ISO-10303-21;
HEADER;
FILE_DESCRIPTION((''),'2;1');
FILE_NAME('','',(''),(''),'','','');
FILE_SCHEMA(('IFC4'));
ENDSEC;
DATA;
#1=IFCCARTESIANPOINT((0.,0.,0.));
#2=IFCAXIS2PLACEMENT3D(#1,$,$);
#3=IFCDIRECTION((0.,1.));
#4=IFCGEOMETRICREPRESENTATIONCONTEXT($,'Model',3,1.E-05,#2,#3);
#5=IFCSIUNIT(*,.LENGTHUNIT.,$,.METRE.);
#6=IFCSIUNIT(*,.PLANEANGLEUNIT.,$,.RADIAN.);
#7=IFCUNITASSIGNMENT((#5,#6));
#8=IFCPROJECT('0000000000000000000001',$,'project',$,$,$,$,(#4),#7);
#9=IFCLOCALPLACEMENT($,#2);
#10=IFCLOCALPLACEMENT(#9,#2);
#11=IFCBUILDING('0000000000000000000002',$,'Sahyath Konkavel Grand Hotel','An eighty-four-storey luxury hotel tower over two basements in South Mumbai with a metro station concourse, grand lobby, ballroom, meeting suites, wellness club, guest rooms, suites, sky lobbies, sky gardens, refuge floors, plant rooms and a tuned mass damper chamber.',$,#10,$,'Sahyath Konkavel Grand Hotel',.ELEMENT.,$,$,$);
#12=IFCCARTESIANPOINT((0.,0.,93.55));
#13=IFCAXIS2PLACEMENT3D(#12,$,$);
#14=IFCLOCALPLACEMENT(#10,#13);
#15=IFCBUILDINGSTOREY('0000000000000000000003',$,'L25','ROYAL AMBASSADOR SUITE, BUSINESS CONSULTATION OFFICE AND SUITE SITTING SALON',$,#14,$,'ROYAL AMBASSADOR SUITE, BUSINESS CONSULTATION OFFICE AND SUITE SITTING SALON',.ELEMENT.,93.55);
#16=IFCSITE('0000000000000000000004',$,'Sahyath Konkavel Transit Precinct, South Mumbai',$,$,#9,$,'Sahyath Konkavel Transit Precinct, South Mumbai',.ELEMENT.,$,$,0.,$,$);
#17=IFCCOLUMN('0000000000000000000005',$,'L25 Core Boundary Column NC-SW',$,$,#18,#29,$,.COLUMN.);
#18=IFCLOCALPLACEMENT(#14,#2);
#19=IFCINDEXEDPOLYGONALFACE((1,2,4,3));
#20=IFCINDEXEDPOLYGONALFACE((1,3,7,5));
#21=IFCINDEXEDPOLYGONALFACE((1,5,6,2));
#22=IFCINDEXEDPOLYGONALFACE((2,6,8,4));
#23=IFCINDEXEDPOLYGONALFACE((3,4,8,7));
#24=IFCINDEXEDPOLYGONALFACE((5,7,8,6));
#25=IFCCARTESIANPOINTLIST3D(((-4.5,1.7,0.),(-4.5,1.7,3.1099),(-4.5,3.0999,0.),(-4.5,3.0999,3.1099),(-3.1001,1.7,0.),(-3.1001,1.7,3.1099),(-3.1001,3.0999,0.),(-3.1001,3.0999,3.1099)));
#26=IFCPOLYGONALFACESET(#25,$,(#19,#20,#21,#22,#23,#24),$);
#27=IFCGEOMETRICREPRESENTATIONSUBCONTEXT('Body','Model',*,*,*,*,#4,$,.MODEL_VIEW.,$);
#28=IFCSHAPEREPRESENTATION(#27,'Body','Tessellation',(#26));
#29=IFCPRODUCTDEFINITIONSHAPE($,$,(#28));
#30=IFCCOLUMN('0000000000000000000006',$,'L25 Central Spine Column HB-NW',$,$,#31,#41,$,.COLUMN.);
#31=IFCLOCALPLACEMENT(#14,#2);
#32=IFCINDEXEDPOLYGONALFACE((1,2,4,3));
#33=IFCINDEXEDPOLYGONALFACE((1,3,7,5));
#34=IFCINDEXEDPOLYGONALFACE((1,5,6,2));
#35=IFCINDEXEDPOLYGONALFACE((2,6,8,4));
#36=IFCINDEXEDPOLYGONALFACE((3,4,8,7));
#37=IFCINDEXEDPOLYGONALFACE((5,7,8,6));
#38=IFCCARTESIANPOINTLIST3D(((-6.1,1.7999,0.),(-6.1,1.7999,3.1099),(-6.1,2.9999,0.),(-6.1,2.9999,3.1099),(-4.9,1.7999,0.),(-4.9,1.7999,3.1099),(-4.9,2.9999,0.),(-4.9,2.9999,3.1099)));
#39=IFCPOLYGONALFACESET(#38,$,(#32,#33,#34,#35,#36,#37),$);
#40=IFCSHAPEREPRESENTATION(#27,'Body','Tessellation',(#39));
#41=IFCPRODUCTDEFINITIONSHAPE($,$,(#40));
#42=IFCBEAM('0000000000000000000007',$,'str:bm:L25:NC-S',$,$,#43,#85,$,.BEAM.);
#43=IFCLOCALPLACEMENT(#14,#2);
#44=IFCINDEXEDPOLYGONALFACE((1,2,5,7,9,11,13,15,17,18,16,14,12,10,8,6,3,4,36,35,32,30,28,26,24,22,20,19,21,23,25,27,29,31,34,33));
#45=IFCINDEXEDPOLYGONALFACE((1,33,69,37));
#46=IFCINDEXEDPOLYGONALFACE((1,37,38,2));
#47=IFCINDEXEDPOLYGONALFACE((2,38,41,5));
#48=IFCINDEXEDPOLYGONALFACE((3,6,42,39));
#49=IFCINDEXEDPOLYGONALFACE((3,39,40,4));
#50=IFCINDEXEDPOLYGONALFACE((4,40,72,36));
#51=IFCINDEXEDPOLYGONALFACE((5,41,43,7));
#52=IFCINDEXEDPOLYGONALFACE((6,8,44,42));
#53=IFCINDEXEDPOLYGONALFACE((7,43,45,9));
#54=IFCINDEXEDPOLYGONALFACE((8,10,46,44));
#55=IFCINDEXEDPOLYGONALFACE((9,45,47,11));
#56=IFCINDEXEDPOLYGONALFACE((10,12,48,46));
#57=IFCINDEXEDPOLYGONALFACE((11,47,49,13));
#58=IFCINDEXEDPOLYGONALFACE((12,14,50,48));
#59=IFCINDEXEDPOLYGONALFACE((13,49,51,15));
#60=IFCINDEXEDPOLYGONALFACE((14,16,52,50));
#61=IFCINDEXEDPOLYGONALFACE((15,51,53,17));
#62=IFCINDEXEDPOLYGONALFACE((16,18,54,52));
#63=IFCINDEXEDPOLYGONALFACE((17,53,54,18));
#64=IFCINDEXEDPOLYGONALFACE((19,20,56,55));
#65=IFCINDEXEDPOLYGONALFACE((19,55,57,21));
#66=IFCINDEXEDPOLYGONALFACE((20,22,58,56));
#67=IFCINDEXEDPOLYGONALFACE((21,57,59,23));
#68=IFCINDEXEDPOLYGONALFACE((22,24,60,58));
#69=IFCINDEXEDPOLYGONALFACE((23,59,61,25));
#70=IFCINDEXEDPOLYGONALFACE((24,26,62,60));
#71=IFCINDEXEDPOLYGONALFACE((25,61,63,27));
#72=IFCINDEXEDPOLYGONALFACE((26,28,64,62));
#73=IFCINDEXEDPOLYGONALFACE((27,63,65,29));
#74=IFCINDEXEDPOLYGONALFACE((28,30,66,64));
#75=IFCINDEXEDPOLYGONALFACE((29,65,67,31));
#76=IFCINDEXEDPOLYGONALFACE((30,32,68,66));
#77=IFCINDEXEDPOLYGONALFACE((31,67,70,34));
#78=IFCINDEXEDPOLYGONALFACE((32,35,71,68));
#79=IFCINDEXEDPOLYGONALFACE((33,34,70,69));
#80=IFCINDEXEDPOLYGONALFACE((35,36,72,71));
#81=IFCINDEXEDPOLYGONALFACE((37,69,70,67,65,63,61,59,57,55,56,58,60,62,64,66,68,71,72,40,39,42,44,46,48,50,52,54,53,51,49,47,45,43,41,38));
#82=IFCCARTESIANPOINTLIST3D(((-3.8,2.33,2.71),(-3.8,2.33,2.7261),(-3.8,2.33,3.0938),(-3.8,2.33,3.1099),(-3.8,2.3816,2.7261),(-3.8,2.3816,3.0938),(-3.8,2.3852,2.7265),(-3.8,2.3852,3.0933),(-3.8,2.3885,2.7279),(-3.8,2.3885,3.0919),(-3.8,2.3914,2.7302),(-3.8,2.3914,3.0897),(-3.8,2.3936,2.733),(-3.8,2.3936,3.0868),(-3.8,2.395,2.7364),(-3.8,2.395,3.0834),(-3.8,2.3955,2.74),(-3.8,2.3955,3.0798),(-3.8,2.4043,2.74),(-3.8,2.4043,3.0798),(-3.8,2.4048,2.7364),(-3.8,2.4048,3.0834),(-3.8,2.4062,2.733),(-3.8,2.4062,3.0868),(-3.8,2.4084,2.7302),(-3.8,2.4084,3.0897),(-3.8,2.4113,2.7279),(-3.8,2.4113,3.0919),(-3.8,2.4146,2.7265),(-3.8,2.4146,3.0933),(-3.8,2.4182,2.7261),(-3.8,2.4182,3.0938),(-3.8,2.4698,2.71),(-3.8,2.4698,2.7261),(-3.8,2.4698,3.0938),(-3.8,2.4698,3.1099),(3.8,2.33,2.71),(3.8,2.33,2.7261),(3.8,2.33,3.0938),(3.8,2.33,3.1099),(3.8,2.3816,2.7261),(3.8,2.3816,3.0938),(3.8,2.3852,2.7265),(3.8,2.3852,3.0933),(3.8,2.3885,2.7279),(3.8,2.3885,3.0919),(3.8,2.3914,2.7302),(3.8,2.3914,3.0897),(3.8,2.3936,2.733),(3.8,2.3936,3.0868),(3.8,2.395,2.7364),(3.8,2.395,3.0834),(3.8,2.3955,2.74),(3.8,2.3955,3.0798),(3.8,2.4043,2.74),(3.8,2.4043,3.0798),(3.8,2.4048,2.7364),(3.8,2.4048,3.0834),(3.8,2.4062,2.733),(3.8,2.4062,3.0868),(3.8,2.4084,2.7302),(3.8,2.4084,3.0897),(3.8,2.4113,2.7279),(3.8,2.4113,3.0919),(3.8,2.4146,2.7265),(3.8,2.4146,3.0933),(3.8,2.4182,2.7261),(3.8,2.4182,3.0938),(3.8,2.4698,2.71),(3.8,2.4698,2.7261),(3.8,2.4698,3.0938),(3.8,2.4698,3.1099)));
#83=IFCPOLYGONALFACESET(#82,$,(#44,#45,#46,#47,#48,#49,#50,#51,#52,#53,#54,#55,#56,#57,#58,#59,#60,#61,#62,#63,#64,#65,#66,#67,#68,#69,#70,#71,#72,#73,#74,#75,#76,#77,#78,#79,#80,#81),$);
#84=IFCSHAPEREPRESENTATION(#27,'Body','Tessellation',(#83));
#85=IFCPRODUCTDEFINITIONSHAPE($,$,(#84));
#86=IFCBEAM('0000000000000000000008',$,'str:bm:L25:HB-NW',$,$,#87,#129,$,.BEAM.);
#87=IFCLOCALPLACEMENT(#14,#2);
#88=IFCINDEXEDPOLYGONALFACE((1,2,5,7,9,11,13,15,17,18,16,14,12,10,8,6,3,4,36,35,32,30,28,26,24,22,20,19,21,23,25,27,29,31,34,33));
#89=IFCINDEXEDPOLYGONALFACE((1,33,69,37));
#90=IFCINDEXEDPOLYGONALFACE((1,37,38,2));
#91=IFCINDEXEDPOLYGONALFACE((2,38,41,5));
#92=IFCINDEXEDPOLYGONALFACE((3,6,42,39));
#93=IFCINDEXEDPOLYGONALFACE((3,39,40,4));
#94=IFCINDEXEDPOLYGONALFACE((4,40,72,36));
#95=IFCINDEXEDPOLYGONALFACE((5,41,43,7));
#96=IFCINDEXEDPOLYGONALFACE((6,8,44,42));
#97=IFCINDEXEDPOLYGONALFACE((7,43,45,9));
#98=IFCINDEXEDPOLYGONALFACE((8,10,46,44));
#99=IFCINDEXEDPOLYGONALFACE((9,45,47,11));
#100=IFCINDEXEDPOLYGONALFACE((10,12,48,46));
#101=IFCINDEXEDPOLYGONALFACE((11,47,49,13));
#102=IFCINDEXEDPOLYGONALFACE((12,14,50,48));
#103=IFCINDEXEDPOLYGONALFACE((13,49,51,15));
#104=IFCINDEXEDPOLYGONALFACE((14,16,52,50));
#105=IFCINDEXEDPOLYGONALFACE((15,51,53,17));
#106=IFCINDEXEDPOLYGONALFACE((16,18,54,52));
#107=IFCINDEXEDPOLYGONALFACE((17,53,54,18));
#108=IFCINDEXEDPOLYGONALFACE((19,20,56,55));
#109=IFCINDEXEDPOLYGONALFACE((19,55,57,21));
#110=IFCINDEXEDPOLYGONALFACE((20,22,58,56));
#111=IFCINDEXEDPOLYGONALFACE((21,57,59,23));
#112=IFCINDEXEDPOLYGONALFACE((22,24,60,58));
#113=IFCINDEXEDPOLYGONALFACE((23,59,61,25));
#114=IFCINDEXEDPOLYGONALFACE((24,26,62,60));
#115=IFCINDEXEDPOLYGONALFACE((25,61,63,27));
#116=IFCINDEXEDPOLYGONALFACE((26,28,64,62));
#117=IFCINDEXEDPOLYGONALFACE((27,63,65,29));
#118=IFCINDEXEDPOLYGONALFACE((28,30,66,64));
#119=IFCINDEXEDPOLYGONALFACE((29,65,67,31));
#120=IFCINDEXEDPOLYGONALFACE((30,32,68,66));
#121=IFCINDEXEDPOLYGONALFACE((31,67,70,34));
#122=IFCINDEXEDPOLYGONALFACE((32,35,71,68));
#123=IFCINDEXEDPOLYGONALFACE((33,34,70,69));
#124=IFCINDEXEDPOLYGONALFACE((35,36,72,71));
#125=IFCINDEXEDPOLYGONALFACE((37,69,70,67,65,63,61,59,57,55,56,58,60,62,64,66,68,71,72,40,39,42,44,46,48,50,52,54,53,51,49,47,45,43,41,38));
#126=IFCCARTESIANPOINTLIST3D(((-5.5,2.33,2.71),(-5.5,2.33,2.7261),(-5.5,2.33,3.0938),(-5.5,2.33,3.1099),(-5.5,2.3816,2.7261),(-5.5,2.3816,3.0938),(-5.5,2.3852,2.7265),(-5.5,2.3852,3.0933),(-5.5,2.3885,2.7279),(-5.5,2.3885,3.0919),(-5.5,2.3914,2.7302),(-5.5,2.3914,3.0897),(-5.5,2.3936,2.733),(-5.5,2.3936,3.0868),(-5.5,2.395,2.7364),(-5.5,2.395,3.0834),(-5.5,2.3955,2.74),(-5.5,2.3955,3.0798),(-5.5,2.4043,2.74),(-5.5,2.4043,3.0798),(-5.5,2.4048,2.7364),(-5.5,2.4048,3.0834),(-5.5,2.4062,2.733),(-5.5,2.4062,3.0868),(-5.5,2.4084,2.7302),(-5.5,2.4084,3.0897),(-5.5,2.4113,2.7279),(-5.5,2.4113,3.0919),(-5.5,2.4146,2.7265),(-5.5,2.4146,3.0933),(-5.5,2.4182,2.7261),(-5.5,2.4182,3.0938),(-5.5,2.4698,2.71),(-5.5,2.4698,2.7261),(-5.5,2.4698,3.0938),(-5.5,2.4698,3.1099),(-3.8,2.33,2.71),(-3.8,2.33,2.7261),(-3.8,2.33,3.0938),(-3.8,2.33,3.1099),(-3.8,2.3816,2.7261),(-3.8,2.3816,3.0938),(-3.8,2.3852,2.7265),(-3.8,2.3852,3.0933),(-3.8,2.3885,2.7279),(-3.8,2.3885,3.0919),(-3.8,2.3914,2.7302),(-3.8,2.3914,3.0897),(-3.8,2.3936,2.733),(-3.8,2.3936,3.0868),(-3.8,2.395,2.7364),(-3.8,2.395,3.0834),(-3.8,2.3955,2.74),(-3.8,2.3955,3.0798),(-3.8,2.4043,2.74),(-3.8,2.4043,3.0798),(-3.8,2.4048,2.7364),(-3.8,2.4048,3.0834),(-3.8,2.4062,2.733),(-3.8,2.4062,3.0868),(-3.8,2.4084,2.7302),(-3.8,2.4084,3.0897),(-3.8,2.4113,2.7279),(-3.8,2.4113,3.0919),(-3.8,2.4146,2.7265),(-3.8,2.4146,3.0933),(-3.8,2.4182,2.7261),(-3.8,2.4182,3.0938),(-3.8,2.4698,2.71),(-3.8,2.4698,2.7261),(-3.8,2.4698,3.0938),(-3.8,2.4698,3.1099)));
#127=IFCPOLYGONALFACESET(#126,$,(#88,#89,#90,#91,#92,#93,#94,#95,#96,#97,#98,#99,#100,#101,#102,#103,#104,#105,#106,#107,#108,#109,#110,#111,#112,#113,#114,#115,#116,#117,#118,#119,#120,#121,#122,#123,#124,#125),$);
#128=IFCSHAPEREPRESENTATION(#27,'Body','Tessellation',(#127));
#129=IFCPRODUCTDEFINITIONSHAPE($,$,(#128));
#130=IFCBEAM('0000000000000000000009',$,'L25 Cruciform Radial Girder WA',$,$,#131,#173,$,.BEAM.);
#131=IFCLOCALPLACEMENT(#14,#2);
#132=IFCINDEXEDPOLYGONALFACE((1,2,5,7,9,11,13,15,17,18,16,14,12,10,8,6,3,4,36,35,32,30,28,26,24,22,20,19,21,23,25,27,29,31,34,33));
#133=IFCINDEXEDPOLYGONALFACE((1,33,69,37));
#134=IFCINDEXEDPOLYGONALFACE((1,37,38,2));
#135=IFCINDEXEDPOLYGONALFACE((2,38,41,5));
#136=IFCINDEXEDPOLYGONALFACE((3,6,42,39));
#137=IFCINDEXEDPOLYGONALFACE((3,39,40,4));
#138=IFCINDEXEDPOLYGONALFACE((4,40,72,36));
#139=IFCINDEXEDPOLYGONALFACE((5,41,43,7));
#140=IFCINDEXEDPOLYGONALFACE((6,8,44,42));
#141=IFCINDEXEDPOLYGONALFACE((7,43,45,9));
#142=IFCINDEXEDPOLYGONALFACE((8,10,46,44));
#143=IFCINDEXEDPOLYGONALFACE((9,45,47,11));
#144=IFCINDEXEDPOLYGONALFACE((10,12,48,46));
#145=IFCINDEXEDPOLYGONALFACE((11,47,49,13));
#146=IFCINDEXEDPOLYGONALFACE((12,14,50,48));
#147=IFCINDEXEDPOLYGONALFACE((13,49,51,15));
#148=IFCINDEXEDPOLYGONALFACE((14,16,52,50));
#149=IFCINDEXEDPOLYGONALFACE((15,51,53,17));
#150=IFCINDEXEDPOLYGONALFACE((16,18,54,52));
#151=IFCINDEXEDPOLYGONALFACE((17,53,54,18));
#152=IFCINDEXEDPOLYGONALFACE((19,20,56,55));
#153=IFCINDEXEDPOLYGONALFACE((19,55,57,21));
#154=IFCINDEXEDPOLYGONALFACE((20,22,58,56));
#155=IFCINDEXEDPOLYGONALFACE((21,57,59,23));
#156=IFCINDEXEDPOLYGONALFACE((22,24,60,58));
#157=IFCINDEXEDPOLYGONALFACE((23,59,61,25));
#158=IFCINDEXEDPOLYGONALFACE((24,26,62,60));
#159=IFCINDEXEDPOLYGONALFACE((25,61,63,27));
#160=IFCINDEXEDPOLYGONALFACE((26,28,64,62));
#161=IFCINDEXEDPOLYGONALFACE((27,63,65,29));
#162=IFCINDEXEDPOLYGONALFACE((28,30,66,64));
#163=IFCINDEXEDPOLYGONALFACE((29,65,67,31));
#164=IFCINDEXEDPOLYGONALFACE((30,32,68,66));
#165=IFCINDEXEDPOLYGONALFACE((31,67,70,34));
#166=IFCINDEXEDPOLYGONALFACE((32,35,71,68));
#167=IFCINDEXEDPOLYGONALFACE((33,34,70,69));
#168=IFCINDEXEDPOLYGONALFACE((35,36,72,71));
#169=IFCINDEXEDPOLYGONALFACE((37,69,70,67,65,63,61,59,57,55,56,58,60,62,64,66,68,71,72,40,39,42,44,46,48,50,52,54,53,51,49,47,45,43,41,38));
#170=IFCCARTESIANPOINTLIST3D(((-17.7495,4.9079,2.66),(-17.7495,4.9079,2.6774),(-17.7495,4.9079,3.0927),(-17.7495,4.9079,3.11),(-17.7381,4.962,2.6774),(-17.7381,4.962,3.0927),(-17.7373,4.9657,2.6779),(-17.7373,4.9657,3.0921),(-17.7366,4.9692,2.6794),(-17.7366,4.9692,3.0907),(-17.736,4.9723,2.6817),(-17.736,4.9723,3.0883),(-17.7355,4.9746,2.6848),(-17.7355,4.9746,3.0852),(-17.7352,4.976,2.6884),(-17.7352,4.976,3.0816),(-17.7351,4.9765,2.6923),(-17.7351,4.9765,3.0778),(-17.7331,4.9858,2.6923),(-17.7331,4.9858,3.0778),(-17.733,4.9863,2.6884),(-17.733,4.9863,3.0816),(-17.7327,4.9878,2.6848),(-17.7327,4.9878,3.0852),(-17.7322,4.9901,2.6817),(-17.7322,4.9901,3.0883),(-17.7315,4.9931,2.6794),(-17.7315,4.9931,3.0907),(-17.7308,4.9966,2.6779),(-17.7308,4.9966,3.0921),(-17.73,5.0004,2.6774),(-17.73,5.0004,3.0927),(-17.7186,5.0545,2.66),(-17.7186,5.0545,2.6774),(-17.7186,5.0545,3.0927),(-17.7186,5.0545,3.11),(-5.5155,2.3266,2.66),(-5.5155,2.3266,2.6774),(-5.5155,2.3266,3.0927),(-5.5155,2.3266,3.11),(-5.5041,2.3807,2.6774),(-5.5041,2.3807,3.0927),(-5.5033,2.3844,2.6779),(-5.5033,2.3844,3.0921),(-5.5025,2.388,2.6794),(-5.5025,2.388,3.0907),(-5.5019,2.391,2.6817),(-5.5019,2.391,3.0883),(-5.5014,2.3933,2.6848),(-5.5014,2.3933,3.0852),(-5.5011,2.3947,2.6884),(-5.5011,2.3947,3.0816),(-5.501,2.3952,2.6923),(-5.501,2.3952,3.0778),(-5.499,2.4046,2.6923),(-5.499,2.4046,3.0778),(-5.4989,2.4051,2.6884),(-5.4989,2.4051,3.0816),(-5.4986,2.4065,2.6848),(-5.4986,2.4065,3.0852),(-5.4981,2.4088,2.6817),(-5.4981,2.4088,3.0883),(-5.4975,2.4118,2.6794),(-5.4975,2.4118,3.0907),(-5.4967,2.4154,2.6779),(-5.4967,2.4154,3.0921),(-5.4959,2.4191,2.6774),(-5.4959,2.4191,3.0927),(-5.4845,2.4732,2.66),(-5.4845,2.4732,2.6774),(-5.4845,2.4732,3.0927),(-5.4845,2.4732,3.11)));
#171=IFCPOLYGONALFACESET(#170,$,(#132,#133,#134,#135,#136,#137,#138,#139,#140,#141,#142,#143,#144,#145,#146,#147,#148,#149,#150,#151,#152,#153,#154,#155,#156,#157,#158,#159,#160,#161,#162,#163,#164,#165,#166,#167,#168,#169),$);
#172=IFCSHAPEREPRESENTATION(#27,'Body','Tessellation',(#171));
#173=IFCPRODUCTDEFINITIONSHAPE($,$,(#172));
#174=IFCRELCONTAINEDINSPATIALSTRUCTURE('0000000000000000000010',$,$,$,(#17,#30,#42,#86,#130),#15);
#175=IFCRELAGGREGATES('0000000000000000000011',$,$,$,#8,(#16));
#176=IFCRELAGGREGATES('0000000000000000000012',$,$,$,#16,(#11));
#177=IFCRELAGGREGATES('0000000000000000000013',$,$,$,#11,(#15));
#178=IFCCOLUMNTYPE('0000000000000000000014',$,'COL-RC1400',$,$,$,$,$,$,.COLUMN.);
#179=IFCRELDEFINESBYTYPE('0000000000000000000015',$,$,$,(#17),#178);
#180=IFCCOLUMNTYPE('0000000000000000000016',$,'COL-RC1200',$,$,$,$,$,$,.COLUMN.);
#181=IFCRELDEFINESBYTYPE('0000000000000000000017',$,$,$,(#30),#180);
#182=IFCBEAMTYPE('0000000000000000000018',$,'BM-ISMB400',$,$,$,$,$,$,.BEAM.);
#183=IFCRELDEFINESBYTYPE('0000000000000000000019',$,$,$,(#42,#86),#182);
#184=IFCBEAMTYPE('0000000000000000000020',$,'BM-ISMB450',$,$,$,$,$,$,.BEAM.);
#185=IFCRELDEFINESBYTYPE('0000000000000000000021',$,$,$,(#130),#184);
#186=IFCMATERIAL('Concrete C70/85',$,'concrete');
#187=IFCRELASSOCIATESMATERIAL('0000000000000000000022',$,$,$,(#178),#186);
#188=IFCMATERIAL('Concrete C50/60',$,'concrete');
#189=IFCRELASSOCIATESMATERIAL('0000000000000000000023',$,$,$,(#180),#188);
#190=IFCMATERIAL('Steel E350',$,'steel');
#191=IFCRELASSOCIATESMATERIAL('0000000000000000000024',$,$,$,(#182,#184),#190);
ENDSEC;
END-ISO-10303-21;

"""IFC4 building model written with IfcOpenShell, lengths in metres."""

from ifc_helpers import new_model, si_unit, direction, frame, origin, origin_2d, place, context, subcontext, project, spatial, rectangle, i_section, extrude, source, transform, mapped, material, material_profile, profile_set, type_object, element, save


model = new_model("IFC4")

# Units and contexts
model_context = context("Model", 3, precision=1e-05, world=origin(), true_north=direction((0.0, 1.0)))
body_context = subcontext(model_context, "Body", "Model", "MODEL_VIEW")
ifc_project = project(units=[si_unit("LENGTHUNIT", "METRE"), si_unit("PLANEANGLEUNIT", "RADIAN")], contexts=[model_context])

# Site, building, storey
site_placement = place(None, origin())
site = spatial("IfcSite", under=ifc_project, at=site_placement, Name="Sahyath Konkavel Transit Precinct, South Mumbai", LongName="Sahyath Konkavel Transit Precinct, South Mumbai", CompositionType="ELEMENT", RefElevation=0.0)
building_placement = place(site_placement, origin())
building = spatial("IfcBuilding", under=site, at=building_placement, Name="Sahyath Konkavel Grand Hotel", Description="An eighty-four-storey luxury hotel tower over two basements in South Mumbai with a metro station concourse, grand lobby, ballroom, meeting suites, wellness club, guest rooms, suites, sky lobbies, sky gardens, refuge floors, plant rooms and a tuned mass damper chamber.", LongName="Sahyath Konkavel Grand Hotel", CompositionType="ELEMENT")
storey_placement = place(building_placement, frame((0.0, 0.0, 93.55)))
storey = spatial("IfcBuildingStorey", under=building, at=storey_placement, Name="L25", Description="ROYAL AMBASSADOR SUITE, BUSINESS CONSULTATION OFFICE AND SUITE SITTING SALON", LongName="ROYAL AMBASSADOR SUITE, BUSINESS CONSULTATION OFFICE AND SUITE SITTING SALON", CompositionType="ELEMENT", Elevation=93.55)

# Columns
ifc_material_1 = material(Name="Concrete C70/85", Category="concrete")
ifc_material_profile_1 = material_profile(ifc_material_1, rectangle(XDim=1.3999, YDim=1.3999, at=origin_2d()), Name="RC 1400x1400")
ifc_profile_set_1 = profile_set([ifc_material_profile_1], Name="Concrete C70/85")
column_type_1 = type_object("IfcColumnType", Name="COL-RC1400", PredefinedType="COLUMN", material=ifc_profile_set_1)
shared_shape_1 = source(origin(), body_context, "Body", "SweptSolid", [
    extrude(rectangle(XDim=1.3999, YDim=1.3999, at=origin_2d()), origin(), (0.0, 0.0, 1.0), 3.1099),
])
column_1_placement = place(storey_placement, frame((-3.8, 2.3999, 0.0), z_axis=(0.0, 0.0, 1.0), x_axis=(1.0, 0.0, 0.0)))
element("IfcColumn", 1, at=column_1_placement, inside=storey, type_object=column_type_1, Name="L25 Core Boundary Column NC-SW", PredefinedType="COLUMN", context=body_context, shape_type="MappedRepresentation", body=[
    mapped(shared_shape_1, transform((0.0, 0.0, 0.0), scale=1.0)),
])
ifc_material_2 = material(Name="Concrete C50/60", Category="concrete")
ifc_material_profile_2 = material_profile(ifc_material_2, rectangle(XDim=1.2, YDim=1.2, at=origin_2d()), Name="RC 1200x1200")
ifc_profile_set_2 = profile_set([ifc_material_profile_2], Name="Concrete C50/60")
column_type_2 = type_object("IfcColumnType", Name="COL-RC1200", PredefinedType="COLUMN", material=ifc_profile_set_2)
shared_shape_2 = source(origin(), body_context, "Body", "SweptSolid", [
    extrude(rectangle(XDim=1.2, YDim=1.2, at=origin_2d()), origin(), (0.0, 0.0, 1.0), 3.1099),
])
column_2_placement = place(storey_placement, frame((-5.5, 2.3999, 0.0), z_axis=(0.0, 0.0, 1.0), x_axis=(1.0, 0.0, 0.0)))
element("IfcColumn", 2, at=column_2_placement, inside=storey, type_object=column_type_2, Name="L25 Central Spine Column HB-NW", PredefinedType="COLUMN", context=body_context, shape_type="MappedRepresentation", body=[
    mapped(shared_shape_2, transform((0.0, 0.0, 0.0), scale=1.0)),
])

# Beams
ifc_material_3 = material(Name="Steel E350", Category="steel")
ifc_material_profile_3 = material_profile(ifc_material_3, i_section(OverallWidth=0.1399, OverallDepth=0.3999, WebThickness=0.0088, FlangeThickness=0.0161, FilletRadius=0.0139, at=origin_2d()), Name="ISMB 400")
ifc_profile_set_3 = profile_set([ifc_material_profile_3], Name="Steel E350")
beam_type_1 = type_object("IfcBeamType", Name="BM-ISMB400", PredefinedType="BEAM", material=ifc_profile_set_3)
shared_shape_3 = source(origin(), body_context, "Body", "SweptSolid", [
    extrude(i_section(OverallWidth=0.1399, OverallDepth=0.3999, WebThickness=0.0088, FlangeThickness=0.0161, FilletRadius=0.0139, at=origin_2d()), origin(), (0.0, 0.0, 1.0), 7.6001),
])
beam_1_placement = place(storey_placement, frame((-3.8, 2.3999, 2.9099), z_axis=(1.0, 0.0, 0.0), x_axis=(0.0, 1.0, 0.0)))
element("IfcBeam", 3, at=beam_1_placement, inside=storey, type_object=beam_type_1, Name="str:bm:L25:NC-S", PredefinedType="BEAM", context=body_context, shape_type="MappedRepresentation", body=[
    mapped(shared_shape_3, transform((0.0, 0.0, 0.0), scale=1.0)),
])
shared_shape_4 = source(origin(), body_context, "Body", "SweptSolid", [
    extrude(i_section(OverallWidth=0.1399, OverallDepth=0.3999, WebThickness=0.0088, FlangeThickness=0.0161, FilletRadius=0.0139, at=origin_2d()), origin(), (0.0, 0.0, 1.0), 1.7),
])
beam_2_placement = place(storey_placement, frame((-5.5, 2.3999, 2.9099), z_axis=(1.0, 0.0, 0.0), x_axis=(0.0, 1.0, 0.0)))
element("IfcBeam", 4, at=beam_2_placement, inside=storey, type_object=beam_type_1, Name="str:bm:L25:HB-NW", PredefinedType="BEAM", context=body_context, shape_type="MappedRepresentation", body=[
    mapped(shared_shape_4, transform((0.0, 0.0, 0.0), scale=1.0)),
])
ifc_material_profile_4 = material_profile(ifc_material_3, i_section(OverallWidth=0.1499, OverallDepth=0.45, WebThickness=0.0095, FlangeThickness=0.0173, FilletRadius=0.0149, at=origin_2d()), Name="ISMB 450")
ifc_profile_set_4 = profile_set([ifc_material_profile_4], Name="Steel E350")
beam_type_2 = type_object("IfcBeamType", Name="BM-ISMB450", PredefinedType="BEAM", material=ifc_profile_set_4)
shared_shape_5 = source(origin(), body_context, "Body", "SweptSolid", [
    extrude(i_section(OverallWidth=0.1499, OverallDepth=0.45, WebThickness=0.0095, FlangeThickness=0.0173, FilletRadius=0.0149, at=origin_2d()), origin(), (0.0, 0.0, 1.0), 12.5034),
])
beam_3_placement = place(storey_placement, frame((-5.5, 2.3999, 2.885), z_axis=(-0.978458, 0.206446, 0.0), x_axis=(-0.206446, -0.978458, 0.0)))
element("IfcBeam", 5, at=beam_3_placement, inside=storey, type_object=beam_type_2, Name="L25 Cruciform Radial Girder WA", PredefinedType="BEAM", context=body_context, shape_type="MappedRepresentation", body=[
    mapped(shared_shape_5, transform((0.0, 0.0, 0.0), scale=1.0)),
])

save(model, "model.ifc")
